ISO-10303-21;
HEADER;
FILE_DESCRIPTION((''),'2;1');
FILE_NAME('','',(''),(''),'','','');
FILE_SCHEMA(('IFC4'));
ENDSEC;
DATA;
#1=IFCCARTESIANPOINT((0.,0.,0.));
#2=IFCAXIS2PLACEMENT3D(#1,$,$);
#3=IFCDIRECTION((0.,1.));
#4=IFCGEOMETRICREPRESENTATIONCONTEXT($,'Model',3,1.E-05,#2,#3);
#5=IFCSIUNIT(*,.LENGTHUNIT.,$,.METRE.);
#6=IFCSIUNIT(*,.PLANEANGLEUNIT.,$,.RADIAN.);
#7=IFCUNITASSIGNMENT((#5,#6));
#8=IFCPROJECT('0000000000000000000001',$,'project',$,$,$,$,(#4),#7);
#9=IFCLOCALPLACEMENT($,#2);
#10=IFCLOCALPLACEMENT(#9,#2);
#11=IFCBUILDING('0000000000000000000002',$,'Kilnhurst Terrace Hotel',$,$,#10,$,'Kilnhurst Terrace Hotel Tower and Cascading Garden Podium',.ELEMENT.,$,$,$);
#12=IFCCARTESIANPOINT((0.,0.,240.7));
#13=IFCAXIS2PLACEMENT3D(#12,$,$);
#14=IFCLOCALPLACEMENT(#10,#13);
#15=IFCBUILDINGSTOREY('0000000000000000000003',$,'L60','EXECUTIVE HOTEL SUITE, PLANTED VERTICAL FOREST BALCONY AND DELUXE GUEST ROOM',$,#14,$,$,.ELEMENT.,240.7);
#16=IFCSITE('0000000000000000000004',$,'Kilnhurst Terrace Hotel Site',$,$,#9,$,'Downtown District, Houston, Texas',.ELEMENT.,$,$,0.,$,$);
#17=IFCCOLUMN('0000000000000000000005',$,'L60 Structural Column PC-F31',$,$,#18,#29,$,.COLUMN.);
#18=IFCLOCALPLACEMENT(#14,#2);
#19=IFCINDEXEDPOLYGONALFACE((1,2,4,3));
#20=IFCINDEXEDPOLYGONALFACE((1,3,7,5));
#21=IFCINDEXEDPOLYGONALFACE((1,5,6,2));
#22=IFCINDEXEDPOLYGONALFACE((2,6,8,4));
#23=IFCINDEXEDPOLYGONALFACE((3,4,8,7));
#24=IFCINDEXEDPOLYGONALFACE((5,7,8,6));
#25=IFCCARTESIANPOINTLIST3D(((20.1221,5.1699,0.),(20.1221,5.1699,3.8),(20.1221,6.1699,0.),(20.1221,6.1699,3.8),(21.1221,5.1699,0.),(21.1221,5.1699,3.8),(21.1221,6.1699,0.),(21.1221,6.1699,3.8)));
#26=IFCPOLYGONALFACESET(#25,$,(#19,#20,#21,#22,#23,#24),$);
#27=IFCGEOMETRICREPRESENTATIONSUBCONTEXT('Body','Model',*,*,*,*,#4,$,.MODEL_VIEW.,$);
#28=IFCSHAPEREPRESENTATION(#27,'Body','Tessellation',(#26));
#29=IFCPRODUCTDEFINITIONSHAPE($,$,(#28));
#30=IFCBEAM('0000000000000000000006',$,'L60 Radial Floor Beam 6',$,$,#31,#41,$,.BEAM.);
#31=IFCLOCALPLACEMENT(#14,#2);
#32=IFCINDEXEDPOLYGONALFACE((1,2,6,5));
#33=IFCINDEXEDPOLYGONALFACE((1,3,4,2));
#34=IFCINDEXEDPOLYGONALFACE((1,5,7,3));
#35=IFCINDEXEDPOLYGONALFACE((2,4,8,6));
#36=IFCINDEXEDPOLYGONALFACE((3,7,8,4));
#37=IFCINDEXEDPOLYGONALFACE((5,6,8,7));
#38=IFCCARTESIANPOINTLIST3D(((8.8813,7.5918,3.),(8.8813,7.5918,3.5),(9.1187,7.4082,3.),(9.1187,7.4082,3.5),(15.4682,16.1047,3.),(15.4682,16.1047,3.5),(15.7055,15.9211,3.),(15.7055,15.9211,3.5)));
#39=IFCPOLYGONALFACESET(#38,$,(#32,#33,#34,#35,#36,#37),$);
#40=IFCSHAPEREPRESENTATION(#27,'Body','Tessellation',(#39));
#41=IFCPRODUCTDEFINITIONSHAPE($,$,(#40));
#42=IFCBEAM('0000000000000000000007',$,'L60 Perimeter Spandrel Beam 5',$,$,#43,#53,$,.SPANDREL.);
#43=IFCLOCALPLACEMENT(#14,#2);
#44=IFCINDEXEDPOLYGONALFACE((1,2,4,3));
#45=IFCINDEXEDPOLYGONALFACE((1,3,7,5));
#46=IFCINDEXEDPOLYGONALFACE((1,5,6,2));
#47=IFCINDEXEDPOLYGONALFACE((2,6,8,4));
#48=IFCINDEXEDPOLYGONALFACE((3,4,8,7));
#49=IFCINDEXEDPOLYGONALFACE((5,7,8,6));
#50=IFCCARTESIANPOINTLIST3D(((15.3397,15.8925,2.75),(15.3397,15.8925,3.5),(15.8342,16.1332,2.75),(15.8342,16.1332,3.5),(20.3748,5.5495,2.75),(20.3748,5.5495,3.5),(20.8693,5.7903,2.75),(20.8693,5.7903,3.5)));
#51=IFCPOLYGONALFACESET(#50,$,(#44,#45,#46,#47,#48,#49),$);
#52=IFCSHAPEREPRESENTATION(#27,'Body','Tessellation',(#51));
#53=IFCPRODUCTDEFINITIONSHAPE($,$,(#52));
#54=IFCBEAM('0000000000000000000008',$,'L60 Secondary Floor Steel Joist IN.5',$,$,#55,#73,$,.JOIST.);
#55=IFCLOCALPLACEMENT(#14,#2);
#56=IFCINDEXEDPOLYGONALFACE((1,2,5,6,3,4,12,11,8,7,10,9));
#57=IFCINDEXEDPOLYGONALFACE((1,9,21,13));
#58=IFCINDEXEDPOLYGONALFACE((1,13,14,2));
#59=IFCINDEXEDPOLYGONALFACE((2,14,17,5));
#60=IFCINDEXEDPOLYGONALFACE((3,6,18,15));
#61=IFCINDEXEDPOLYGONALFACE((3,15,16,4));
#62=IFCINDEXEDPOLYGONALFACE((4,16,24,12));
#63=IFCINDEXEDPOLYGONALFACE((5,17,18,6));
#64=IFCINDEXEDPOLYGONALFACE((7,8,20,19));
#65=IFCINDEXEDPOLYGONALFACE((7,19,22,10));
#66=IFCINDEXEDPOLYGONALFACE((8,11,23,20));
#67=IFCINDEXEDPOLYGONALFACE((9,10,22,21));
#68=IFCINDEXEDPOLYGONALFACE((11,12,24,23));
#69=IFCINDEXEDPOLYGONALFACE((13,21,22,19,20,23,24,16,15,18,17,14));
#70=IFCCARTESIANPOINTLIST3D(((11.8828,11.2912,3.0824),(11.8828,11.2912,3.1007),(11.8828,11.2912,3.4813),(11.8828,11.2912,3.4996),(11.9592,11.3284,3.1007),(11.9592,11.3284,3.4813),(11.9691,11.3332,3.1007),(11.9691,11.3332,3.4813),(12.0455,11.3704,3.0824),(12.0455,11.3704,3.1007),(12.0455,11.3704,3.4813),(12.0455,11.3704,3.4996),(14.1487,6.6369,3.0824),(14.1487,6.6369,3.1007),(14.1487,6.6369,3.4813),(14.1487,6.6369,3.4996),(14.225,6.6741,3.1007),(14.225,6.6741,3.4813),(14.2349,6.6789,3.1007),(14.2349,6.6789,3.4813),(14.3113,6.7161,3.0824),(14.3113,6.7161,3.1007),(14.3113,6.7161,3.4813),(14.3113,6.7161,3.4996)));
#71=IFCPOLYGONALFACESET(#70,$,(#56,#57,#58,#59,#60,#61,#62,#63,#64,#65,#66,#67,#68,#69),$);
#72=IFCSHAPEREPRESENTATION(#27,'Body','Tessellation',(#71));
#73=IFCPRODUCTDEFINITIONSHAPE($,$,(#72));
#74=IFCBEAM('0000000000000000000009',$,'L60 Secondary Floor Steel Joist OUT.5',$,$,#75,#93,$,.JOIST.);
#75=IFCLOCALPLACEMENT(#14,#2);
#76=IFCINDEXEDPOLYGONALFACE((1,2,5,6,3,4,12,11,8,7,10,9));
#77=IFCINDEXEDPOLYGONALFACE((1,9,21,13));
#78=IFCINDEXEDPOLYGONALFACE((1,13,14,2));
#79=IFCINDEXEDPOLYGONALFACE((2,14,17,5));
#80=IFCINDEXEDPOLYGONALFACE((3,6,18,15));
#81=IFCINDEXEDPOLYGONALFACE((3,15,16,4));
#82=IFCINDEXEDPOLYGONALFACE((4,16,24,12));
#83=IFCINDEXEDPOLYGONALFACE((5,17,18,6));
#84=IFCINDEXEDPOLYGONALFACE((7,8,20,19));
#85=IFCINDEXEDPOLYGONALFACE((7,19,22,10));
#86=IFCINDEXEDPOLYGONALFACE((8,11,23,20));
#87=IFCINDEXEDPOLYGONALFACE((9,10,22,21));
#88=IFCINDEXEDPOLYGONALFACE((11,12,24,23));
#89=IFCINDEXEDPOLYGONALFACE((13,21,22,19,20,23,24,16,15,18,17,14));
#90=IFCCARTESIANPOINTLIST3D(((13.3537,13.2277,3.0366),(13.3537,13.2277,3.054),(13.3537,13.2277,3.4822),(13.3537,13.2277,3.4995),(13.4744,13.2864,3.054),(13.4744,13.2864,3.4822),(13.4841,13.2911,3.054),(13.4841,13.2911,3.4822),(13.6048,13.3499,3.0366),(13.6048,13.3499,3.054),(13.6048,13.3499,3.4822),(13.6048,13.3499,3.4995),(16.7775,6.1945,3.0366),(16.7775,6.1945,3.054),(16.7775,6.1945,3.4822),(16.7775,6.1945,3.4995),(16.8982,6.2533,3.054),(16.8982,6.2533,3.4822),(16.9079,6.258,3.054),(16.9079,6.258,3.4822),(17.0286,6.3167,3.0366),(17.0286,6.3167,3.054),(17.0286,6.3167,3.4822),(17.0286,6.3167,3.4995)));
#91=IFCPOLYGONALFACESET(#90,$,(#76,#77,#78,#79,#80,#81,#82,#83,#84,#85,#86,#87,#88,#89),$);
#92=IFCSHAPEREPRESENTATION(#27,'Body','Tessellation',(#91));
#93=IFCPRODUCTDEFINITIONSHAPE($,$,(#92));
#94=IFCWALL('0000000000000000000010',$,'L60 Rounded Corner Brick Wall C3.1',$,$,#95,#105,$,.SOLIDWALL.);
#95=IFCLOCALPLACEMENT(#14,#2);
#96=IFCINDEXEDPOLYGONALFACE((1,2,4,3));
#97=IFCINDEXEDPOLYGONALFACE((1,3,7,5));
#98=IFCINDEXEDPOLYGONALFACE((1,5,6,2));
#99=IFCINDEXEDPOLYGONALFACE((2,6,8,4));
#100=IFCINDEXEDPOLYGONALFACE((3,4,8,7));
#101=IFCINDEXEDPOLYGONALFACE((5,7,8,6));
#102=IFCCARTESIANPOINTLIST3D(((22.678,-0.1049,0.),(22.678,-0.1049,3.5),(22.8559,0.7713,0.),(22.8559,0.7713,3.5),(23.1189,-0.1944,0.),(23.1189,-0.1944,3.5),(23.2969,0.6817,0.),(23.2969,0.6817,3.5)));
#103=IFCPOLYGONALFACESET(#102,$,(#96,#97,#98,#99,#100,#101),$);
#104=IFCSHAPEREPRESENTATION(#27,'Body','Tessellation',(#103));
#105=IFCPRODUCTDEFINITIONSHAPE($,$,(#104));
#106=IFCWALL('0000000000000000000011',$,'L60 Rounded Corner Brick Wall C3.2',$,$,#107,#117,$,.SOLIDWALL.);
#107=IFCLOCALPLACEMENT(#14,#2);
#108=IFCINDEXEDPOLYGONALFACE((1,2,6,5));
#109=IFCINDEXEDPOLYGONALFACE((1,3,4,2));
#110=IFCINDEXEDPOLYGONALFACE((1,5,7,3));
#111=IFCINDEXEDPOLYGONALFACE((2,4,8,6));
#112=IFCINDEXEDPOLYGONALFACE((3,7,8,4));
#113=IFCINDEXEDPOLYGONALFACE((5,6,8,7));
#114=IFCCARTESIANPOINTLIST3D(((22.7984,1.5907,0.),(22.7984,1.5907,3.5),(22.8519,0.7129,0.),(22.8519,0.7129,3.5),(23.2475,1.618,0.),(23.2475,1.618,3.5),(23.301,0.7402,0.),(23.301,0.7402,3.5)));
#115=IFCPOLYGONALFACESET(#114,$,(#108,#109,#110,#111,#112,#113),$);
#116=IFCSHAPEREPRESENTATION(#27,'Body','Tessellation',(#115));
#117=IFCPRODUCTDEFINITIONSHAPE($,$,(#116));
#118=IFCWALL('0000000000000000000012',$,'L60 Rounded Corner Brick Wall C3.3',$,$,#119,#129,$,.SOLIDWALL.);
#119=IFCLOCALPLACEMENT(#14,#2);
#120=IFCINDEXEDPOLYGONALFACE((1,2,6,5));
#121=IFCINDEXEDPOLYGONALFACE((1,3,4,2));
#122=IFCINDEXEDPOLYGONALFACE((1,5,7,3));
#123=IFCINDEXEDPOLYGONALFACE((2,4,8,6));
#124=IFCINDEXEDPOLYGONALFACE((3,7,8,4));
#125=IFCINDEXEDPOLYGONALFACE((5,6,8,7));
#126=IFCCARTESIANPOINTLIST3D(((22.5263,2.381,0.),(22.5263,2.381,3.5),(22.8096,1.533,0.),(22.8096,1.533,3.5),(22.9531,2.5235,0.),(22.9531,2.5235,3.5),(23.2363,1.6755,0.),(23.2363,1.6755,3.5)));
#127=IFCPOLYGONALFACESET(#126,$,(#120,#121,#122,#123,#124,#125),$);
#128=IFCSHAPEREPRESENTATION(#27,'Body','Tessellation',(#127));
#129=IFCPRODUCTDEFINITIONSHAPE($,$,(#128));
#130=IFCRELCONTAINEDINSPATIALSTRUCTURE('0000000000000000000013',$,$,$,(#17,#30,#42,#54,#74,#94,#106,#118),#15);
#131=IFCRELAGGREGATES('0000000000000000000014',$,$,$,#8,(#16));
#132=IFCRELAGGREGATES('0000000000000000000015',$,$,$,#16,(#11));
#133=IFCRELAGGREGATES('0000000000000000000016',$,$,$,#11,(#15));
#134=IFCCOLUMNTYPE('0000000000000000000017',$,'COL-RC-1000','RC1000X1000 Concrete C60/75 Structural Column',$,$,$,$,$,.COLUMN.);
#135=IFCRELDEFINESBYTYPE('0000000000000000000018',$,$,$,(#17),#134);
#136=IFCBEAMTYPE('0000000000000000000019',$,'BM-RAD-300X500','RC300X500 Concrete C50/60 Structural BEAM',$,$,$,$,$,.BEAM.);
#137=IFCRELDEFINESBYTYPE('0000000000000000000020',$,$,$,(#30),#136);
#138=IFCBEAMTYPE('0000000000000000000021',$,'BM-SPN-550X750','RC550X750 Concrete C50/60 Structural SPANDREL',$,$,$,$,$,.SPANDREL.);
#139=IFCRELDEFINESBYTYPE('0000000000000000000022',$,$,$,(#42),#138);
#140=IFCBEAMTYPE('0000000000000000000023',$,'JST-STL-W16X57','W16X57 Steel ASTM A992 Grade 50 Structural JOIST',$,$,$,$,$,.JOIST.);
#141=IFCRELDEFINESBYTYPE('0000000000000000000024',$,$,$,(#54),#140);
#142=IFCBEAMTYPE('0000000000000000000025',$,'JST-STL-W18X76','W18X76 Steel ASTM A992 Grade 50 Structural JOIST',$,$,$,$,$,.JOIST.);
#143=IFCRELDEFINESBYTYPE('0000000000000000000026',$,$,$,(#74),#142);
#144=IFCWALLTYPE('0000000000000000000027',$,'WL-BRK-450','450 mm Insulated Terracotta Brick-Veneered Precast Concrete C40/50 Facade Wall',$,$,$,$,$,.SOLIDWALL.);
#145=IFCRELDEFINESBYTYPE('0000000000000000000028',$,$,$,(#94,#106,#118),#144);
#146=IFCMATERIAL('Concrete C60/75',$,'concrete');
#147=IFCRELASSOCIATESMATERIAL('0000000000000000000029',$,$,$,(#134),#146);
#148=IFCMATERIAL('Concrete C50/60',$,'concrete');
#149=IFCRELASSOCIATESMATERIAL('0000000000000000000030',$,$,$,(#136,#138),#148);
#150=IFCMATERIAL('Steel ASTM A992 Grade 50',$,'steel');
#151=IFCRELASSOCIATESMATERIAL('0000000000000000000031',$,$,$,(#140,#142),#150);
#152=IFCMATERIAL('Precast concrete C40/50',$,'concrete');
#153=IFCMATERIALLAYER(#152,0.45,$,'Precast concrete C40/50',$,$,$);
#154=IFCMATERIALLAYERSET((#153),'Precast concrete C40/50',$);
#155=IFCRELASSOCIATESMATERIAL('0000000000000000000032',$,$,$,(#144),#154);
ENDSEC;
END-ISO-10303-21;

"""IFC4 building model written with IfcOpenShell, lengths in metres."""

from ifc_helpers import new_model, si_unit, direction, frame, frame_2d, origin, origin_2d, place, context, subcontext, project, spatial, rectangle, i_section, extrude, material, layer, layer_set, material_profile, profile_set, type_object, element, save


model = new_model("IFC4")

# Units and contexts
model_context = context("Model", 3, precision=1e-05, world=origin(), true_north=direction((0.0, 1.0)))
body_context = subcontext(model_context, "Body", "Model", "MODEL_VIEW")
ifc_project = project(units=[si_unit("LENGTHUNIT", "METRE"), si_unit("PLANEANGLEUNIT", "RADIAN")], contexts=[model_context])

# Site, building, storey
site_placement = place(None, origin())
site = spatial("IfcSite", under=ifc_project, at=site_placement, Name="Kilnhurst Terrace Hotel Site", LongName="Downtown District, Houston, Texas", CompositionType="ELEMENT", RefElevation=0.0)
building_placement = place(site_placement, origin())
building = spatial("IfcBuilding", under=site, at=building_placement, Name="Kilnhurst Terrace Hotel", LongName="Kilnhurst Terrace Hotel Tower and Cascading Garden Podium", CompositionType="ELEMENT")
storey_placement = place(building_placement, frame((0.0, 0.0, 240.7)))
storey = spatial("IfcBuildingStorey", under=building, at=storey_placement, Name="L60", Description="EXECUTIVE HOTEL SUITE, PLANTED VERTICAL FOREST BALCONY AND DELUXE GUEST ROOM", CompositionType="ELEMENT", Elevation=240.7)

# Column
ifc_material_1 = material(Name="Concrete C60/75", Category="concrete")
ifc_material_profile_1 = material_profile(ifc_material_1, rectangle(XDim=1.0, YDim=1.0, at=origin_2d()), Name="RC1000X1000")
ifc_profile_set_1 = profile_set([ifc_material_profile_1], Name="Concrete C60/75")
column_type = type_object("IfcColumnType", Name="COL-RC-1000", Description="RC1000X1000 Concrete C60/75 Structural Column", PredefinedType="COLUMN", material=ifc_profile_set_1)
column_placement = place(storey_placement, frame((20.6221, 5.6699, 0.0), z_axis=(0.0, 0.0, 1.0), x_axis=(1.0, 0.0, 0.0)))
element("IfcColumn", 1, at=column_placement, inside=storey, type_object=column_type, Name="L60 Structural Column PC-F31", PredefinedType="COLUMN", context=body_context, shape_type="SweptSolid", body=[
    extrude(rectangle(XDim=1.0, YDim=1.0, at=origin_2d()), origin(), (0.0, 0.0, 1.0), 3.8),
])

# Beams
ifc_material_2 = material(Name="Concrete C50/60", Category="concrete")
ifc_material_profile_2 = material_profile(ifc_material_2, rectangle(XDim=0.3, YDim=0.5, at=origin_2d()), Name="RC300X500")
ifc_profile_set_2 = profile_set([ifc_material_profile_2], Name="Concrete C50/60")
beam_type_1 = type_object("IfcBeamType", Name="BM-RAD-300X500", Description="RC300X500 Concrete C50/60 Structural BEAM", PredefinedType="BEAM", material=ifc_profile_set_2)
beam_1_placement = place(storey_placement, frame((9.0, 7.5, 3.25), z_axis=(0.611955, 0.790892, 0.0), x_axis=(-0.790892, 0.611955, 0.0)))
element("IfcBeam", 2, at=beam_1_placement, inside=storey, type_object=beam_type_1, Name="L60 Radial Floor Beam 6", PredefinedType="BEAM", context=body_context, shape_type="SweptSolid", body=[
    extrude(rectangle(XDim=0.3, YDim=0.5, at=origin_2d()), origin(), (0.0, 0.0, 1.0), 10.7637),
])
ifc_material_profile_3 = material_profile(ifc_material_2, rectangle(XDim=0.55, YDim=0.75, at=origin_2d()), Name="RC550X750")
ifc_profile_set_3 = profile_set([ifc_material_profile_3], Name="Concrete C50/60")
beam_type_2 = type_object("IfcBeamType", Name="BM-SPN-550X750", Description="RC550X750 Concrete C50/60 Structural SPANDREL", PredefinedType="SPANDREL", material=ifc_profile_set_3)
beam_2_placement = place(storey_placement, frame((20.6221, 5.6699, 3.125), z_axis=(-0.437706, 0.899118, 0.0), x_axis=(-0.899118, -0.437706, 0.0)))
element("IfcBeam", 3, at=beam_2_placement, inside=storey, type_object=beam_type_2, Name="L60 Perimeter Spandrel Beam 5", PredefinedType="SPANDREL", context=body_context, shape_type="SweptSolid", body=[
    extrude(rectangle(XDim=0.55, YDim=0.75, at=origin_2d()), origin(), (0.0, 0.0, 1.0), 11.5034),
])
ifc_material_3 = material(Name="Steel ASTM A992 Grade 50", Category="steel")
ifc_material_profile_4 = material_profile(ifc_material_3, i_section(OverallWidth=0.1809, OverallDepth=0.4172, WebThickness=0.011, FlangeThickness=0.0183, at=origin_2d()), Name="W16X57")
ifc_profile_set_4 = profile_set([ifc_material_profile_4], Name="Steel ASTM A992 Grade 50")
beam_type_3 = type_object("IfcBeamType", Name="JST-STL-W16X57", Description="W16X57 Steel ASTM A992 Grade 50 Structural JOIST", PredefinedType="JOIST", material=ifc_profile_set_4)
beam_3_placement = place(storey_placement, frame((14.23, 6.6765, 3.291), z_axis=(-0.437718, 0.899112, 0.0), x_axis=(-0.899112, -0.437718, 0.0)))
element("IfcBeam", 4, at=beam_3_placement, inside=storey, type_object=beam_type_3, Name="L60 Secondary Floor Steel Joist IN.5", PredefinedType="JOIST", context=body_context, shape_type="SweptSolid", body=[
    extrude(i_section(OverallWidth=0.1809, OverallDepth=0.4172, WebThickness=0.011, FlangeThickness=0.0183, at=origin_2d()), origin(), (0.0, 0.0, 1.0), 5.1765),
])
ifc_material_profile_5 = material_profile(ifc_material_3, i_section(OverallWidth=0.2793, OverallDepth=0.4629, WebThickness=0.0107, FlangeThickness=0.0173, at=origin_2d()), Name="W18X76")
ifc_profile_set_5 = profile_set([ifc_material_profile_5], Name="Steel ASTM A992 Grade 50")
beam_type_4 = type_object("IfcBeamType", Name="JST-STL-W18X76", Description="W18X76 Steel ASTM A992 Grade 50 Structural JOIST", PredefinedType="JOIST", material=ifc_profile_set_5)
beam_4_placement = place(storey_placement, frame((16.9031, 6.2556, 3.2681), z_axis=(-0.4377, 0.899121, 0.0), x_axis=(-0.899121, -0.4377, 0.0)))
element("IfcBeam", 5, at=beam_4_placement, inside=storey, type_object=beam_type_4, Name="L60 Secondary Floor Steel Joist OUT.5", PredefinedType="JOIST", context=body_context, shape_type="SweptSolid", body=[
    extrude(i_section(OverallWidth=0.2793, OverallDepth=0.4629, WebThickness=0.0107, FlangeThickness=0.0173, at=origin_2d()), origin(), (0.0, 0.0, 1.0), 7.8223),
])

# Walls
ifc_material_4 = material(Name="Precast concrete C40/50", Category="concrete")
ifc_layer_1 = layer(ifc_material_4, 0.45, Name="Precast concrete C40/50")
ifc_layer_set_1 = layer_set([ifc_layer_1], Name="Precast concrete C40/50")
wall_type_1 = type_object("IfcWallType", Name="WL-BRK-450", Description="450 mm Insulated Terracotta Brick-Veneered Precast Concrete C40/50 Facade Wall", PredefinedType="SOLIDWALL", material=ifc_layer_set_1)
wall_1_placement = place(storey_placement, frame((22.8984, -0.1497, 0.0), z_axis=(0.0, 0.0, 1.0), x_axis=(0.199056, 0.979988, 0.0)))
element("IfcWall", 6, at=wall_1_placement, inside=storey, type_object=wall_type_1, Name="L60 Rounded Corner Brick Wall C3.1", PredefinedType="SOLIDWALL", context=body_context, shape_type="SweptSolid", body=[
    extrude(rectangle(XDim=0.894, YDim=0.45, at=frame_2d((0.447, 0.0))), origin(), (0.0, 0.0, 1.0), 3.5),
])
wall_2_placement = place(storey_placement, frame((23.0764, 0.7266, 0.0), z_axis=(0.0, 0.0, 1.0), x_axis=(-0.060805, 0.99815, 0.0)))
element("IfcWall", 7, at=wall_2_placement, inside=storey, type_object=wall_type_1, Name="L60 Rounded Corner Brick Wall C3.2", PredefinedType="SOLIDWALL", context=body_context, shape_type="SweptSolid", body=[
    extrude(rectangle(XDim=0.8794, YDim=0.45, at=frame_2d((0.4397, 0.0))), origin(), (0.0, 0.0, 1.0), 3.5),
])
wall_3_placement = place(storey_placement, frame((23.0229, 1.6042, 0.0), z_axis=(0.0, 0.0, 1.0), x_axis=(-0.316801, 0.948492, 0.0)))
element("IfcWall", 8, at=wall_3_placement, inside=storey, type_object=wall_type_1, Name="L60 Rounded Corner Brick Wall C3.3", PredefinedType="SOLIDWALL", context=body_context, shape_type="SweptSolid", body=[
    extrude(rectangle(XDim=0.894, YDim=0.45, at=frame_2d((0.447, 0.0))), origin(), (0.0, 0.0, 1.0), 3.5),
])

save(model, "model.ifc")
